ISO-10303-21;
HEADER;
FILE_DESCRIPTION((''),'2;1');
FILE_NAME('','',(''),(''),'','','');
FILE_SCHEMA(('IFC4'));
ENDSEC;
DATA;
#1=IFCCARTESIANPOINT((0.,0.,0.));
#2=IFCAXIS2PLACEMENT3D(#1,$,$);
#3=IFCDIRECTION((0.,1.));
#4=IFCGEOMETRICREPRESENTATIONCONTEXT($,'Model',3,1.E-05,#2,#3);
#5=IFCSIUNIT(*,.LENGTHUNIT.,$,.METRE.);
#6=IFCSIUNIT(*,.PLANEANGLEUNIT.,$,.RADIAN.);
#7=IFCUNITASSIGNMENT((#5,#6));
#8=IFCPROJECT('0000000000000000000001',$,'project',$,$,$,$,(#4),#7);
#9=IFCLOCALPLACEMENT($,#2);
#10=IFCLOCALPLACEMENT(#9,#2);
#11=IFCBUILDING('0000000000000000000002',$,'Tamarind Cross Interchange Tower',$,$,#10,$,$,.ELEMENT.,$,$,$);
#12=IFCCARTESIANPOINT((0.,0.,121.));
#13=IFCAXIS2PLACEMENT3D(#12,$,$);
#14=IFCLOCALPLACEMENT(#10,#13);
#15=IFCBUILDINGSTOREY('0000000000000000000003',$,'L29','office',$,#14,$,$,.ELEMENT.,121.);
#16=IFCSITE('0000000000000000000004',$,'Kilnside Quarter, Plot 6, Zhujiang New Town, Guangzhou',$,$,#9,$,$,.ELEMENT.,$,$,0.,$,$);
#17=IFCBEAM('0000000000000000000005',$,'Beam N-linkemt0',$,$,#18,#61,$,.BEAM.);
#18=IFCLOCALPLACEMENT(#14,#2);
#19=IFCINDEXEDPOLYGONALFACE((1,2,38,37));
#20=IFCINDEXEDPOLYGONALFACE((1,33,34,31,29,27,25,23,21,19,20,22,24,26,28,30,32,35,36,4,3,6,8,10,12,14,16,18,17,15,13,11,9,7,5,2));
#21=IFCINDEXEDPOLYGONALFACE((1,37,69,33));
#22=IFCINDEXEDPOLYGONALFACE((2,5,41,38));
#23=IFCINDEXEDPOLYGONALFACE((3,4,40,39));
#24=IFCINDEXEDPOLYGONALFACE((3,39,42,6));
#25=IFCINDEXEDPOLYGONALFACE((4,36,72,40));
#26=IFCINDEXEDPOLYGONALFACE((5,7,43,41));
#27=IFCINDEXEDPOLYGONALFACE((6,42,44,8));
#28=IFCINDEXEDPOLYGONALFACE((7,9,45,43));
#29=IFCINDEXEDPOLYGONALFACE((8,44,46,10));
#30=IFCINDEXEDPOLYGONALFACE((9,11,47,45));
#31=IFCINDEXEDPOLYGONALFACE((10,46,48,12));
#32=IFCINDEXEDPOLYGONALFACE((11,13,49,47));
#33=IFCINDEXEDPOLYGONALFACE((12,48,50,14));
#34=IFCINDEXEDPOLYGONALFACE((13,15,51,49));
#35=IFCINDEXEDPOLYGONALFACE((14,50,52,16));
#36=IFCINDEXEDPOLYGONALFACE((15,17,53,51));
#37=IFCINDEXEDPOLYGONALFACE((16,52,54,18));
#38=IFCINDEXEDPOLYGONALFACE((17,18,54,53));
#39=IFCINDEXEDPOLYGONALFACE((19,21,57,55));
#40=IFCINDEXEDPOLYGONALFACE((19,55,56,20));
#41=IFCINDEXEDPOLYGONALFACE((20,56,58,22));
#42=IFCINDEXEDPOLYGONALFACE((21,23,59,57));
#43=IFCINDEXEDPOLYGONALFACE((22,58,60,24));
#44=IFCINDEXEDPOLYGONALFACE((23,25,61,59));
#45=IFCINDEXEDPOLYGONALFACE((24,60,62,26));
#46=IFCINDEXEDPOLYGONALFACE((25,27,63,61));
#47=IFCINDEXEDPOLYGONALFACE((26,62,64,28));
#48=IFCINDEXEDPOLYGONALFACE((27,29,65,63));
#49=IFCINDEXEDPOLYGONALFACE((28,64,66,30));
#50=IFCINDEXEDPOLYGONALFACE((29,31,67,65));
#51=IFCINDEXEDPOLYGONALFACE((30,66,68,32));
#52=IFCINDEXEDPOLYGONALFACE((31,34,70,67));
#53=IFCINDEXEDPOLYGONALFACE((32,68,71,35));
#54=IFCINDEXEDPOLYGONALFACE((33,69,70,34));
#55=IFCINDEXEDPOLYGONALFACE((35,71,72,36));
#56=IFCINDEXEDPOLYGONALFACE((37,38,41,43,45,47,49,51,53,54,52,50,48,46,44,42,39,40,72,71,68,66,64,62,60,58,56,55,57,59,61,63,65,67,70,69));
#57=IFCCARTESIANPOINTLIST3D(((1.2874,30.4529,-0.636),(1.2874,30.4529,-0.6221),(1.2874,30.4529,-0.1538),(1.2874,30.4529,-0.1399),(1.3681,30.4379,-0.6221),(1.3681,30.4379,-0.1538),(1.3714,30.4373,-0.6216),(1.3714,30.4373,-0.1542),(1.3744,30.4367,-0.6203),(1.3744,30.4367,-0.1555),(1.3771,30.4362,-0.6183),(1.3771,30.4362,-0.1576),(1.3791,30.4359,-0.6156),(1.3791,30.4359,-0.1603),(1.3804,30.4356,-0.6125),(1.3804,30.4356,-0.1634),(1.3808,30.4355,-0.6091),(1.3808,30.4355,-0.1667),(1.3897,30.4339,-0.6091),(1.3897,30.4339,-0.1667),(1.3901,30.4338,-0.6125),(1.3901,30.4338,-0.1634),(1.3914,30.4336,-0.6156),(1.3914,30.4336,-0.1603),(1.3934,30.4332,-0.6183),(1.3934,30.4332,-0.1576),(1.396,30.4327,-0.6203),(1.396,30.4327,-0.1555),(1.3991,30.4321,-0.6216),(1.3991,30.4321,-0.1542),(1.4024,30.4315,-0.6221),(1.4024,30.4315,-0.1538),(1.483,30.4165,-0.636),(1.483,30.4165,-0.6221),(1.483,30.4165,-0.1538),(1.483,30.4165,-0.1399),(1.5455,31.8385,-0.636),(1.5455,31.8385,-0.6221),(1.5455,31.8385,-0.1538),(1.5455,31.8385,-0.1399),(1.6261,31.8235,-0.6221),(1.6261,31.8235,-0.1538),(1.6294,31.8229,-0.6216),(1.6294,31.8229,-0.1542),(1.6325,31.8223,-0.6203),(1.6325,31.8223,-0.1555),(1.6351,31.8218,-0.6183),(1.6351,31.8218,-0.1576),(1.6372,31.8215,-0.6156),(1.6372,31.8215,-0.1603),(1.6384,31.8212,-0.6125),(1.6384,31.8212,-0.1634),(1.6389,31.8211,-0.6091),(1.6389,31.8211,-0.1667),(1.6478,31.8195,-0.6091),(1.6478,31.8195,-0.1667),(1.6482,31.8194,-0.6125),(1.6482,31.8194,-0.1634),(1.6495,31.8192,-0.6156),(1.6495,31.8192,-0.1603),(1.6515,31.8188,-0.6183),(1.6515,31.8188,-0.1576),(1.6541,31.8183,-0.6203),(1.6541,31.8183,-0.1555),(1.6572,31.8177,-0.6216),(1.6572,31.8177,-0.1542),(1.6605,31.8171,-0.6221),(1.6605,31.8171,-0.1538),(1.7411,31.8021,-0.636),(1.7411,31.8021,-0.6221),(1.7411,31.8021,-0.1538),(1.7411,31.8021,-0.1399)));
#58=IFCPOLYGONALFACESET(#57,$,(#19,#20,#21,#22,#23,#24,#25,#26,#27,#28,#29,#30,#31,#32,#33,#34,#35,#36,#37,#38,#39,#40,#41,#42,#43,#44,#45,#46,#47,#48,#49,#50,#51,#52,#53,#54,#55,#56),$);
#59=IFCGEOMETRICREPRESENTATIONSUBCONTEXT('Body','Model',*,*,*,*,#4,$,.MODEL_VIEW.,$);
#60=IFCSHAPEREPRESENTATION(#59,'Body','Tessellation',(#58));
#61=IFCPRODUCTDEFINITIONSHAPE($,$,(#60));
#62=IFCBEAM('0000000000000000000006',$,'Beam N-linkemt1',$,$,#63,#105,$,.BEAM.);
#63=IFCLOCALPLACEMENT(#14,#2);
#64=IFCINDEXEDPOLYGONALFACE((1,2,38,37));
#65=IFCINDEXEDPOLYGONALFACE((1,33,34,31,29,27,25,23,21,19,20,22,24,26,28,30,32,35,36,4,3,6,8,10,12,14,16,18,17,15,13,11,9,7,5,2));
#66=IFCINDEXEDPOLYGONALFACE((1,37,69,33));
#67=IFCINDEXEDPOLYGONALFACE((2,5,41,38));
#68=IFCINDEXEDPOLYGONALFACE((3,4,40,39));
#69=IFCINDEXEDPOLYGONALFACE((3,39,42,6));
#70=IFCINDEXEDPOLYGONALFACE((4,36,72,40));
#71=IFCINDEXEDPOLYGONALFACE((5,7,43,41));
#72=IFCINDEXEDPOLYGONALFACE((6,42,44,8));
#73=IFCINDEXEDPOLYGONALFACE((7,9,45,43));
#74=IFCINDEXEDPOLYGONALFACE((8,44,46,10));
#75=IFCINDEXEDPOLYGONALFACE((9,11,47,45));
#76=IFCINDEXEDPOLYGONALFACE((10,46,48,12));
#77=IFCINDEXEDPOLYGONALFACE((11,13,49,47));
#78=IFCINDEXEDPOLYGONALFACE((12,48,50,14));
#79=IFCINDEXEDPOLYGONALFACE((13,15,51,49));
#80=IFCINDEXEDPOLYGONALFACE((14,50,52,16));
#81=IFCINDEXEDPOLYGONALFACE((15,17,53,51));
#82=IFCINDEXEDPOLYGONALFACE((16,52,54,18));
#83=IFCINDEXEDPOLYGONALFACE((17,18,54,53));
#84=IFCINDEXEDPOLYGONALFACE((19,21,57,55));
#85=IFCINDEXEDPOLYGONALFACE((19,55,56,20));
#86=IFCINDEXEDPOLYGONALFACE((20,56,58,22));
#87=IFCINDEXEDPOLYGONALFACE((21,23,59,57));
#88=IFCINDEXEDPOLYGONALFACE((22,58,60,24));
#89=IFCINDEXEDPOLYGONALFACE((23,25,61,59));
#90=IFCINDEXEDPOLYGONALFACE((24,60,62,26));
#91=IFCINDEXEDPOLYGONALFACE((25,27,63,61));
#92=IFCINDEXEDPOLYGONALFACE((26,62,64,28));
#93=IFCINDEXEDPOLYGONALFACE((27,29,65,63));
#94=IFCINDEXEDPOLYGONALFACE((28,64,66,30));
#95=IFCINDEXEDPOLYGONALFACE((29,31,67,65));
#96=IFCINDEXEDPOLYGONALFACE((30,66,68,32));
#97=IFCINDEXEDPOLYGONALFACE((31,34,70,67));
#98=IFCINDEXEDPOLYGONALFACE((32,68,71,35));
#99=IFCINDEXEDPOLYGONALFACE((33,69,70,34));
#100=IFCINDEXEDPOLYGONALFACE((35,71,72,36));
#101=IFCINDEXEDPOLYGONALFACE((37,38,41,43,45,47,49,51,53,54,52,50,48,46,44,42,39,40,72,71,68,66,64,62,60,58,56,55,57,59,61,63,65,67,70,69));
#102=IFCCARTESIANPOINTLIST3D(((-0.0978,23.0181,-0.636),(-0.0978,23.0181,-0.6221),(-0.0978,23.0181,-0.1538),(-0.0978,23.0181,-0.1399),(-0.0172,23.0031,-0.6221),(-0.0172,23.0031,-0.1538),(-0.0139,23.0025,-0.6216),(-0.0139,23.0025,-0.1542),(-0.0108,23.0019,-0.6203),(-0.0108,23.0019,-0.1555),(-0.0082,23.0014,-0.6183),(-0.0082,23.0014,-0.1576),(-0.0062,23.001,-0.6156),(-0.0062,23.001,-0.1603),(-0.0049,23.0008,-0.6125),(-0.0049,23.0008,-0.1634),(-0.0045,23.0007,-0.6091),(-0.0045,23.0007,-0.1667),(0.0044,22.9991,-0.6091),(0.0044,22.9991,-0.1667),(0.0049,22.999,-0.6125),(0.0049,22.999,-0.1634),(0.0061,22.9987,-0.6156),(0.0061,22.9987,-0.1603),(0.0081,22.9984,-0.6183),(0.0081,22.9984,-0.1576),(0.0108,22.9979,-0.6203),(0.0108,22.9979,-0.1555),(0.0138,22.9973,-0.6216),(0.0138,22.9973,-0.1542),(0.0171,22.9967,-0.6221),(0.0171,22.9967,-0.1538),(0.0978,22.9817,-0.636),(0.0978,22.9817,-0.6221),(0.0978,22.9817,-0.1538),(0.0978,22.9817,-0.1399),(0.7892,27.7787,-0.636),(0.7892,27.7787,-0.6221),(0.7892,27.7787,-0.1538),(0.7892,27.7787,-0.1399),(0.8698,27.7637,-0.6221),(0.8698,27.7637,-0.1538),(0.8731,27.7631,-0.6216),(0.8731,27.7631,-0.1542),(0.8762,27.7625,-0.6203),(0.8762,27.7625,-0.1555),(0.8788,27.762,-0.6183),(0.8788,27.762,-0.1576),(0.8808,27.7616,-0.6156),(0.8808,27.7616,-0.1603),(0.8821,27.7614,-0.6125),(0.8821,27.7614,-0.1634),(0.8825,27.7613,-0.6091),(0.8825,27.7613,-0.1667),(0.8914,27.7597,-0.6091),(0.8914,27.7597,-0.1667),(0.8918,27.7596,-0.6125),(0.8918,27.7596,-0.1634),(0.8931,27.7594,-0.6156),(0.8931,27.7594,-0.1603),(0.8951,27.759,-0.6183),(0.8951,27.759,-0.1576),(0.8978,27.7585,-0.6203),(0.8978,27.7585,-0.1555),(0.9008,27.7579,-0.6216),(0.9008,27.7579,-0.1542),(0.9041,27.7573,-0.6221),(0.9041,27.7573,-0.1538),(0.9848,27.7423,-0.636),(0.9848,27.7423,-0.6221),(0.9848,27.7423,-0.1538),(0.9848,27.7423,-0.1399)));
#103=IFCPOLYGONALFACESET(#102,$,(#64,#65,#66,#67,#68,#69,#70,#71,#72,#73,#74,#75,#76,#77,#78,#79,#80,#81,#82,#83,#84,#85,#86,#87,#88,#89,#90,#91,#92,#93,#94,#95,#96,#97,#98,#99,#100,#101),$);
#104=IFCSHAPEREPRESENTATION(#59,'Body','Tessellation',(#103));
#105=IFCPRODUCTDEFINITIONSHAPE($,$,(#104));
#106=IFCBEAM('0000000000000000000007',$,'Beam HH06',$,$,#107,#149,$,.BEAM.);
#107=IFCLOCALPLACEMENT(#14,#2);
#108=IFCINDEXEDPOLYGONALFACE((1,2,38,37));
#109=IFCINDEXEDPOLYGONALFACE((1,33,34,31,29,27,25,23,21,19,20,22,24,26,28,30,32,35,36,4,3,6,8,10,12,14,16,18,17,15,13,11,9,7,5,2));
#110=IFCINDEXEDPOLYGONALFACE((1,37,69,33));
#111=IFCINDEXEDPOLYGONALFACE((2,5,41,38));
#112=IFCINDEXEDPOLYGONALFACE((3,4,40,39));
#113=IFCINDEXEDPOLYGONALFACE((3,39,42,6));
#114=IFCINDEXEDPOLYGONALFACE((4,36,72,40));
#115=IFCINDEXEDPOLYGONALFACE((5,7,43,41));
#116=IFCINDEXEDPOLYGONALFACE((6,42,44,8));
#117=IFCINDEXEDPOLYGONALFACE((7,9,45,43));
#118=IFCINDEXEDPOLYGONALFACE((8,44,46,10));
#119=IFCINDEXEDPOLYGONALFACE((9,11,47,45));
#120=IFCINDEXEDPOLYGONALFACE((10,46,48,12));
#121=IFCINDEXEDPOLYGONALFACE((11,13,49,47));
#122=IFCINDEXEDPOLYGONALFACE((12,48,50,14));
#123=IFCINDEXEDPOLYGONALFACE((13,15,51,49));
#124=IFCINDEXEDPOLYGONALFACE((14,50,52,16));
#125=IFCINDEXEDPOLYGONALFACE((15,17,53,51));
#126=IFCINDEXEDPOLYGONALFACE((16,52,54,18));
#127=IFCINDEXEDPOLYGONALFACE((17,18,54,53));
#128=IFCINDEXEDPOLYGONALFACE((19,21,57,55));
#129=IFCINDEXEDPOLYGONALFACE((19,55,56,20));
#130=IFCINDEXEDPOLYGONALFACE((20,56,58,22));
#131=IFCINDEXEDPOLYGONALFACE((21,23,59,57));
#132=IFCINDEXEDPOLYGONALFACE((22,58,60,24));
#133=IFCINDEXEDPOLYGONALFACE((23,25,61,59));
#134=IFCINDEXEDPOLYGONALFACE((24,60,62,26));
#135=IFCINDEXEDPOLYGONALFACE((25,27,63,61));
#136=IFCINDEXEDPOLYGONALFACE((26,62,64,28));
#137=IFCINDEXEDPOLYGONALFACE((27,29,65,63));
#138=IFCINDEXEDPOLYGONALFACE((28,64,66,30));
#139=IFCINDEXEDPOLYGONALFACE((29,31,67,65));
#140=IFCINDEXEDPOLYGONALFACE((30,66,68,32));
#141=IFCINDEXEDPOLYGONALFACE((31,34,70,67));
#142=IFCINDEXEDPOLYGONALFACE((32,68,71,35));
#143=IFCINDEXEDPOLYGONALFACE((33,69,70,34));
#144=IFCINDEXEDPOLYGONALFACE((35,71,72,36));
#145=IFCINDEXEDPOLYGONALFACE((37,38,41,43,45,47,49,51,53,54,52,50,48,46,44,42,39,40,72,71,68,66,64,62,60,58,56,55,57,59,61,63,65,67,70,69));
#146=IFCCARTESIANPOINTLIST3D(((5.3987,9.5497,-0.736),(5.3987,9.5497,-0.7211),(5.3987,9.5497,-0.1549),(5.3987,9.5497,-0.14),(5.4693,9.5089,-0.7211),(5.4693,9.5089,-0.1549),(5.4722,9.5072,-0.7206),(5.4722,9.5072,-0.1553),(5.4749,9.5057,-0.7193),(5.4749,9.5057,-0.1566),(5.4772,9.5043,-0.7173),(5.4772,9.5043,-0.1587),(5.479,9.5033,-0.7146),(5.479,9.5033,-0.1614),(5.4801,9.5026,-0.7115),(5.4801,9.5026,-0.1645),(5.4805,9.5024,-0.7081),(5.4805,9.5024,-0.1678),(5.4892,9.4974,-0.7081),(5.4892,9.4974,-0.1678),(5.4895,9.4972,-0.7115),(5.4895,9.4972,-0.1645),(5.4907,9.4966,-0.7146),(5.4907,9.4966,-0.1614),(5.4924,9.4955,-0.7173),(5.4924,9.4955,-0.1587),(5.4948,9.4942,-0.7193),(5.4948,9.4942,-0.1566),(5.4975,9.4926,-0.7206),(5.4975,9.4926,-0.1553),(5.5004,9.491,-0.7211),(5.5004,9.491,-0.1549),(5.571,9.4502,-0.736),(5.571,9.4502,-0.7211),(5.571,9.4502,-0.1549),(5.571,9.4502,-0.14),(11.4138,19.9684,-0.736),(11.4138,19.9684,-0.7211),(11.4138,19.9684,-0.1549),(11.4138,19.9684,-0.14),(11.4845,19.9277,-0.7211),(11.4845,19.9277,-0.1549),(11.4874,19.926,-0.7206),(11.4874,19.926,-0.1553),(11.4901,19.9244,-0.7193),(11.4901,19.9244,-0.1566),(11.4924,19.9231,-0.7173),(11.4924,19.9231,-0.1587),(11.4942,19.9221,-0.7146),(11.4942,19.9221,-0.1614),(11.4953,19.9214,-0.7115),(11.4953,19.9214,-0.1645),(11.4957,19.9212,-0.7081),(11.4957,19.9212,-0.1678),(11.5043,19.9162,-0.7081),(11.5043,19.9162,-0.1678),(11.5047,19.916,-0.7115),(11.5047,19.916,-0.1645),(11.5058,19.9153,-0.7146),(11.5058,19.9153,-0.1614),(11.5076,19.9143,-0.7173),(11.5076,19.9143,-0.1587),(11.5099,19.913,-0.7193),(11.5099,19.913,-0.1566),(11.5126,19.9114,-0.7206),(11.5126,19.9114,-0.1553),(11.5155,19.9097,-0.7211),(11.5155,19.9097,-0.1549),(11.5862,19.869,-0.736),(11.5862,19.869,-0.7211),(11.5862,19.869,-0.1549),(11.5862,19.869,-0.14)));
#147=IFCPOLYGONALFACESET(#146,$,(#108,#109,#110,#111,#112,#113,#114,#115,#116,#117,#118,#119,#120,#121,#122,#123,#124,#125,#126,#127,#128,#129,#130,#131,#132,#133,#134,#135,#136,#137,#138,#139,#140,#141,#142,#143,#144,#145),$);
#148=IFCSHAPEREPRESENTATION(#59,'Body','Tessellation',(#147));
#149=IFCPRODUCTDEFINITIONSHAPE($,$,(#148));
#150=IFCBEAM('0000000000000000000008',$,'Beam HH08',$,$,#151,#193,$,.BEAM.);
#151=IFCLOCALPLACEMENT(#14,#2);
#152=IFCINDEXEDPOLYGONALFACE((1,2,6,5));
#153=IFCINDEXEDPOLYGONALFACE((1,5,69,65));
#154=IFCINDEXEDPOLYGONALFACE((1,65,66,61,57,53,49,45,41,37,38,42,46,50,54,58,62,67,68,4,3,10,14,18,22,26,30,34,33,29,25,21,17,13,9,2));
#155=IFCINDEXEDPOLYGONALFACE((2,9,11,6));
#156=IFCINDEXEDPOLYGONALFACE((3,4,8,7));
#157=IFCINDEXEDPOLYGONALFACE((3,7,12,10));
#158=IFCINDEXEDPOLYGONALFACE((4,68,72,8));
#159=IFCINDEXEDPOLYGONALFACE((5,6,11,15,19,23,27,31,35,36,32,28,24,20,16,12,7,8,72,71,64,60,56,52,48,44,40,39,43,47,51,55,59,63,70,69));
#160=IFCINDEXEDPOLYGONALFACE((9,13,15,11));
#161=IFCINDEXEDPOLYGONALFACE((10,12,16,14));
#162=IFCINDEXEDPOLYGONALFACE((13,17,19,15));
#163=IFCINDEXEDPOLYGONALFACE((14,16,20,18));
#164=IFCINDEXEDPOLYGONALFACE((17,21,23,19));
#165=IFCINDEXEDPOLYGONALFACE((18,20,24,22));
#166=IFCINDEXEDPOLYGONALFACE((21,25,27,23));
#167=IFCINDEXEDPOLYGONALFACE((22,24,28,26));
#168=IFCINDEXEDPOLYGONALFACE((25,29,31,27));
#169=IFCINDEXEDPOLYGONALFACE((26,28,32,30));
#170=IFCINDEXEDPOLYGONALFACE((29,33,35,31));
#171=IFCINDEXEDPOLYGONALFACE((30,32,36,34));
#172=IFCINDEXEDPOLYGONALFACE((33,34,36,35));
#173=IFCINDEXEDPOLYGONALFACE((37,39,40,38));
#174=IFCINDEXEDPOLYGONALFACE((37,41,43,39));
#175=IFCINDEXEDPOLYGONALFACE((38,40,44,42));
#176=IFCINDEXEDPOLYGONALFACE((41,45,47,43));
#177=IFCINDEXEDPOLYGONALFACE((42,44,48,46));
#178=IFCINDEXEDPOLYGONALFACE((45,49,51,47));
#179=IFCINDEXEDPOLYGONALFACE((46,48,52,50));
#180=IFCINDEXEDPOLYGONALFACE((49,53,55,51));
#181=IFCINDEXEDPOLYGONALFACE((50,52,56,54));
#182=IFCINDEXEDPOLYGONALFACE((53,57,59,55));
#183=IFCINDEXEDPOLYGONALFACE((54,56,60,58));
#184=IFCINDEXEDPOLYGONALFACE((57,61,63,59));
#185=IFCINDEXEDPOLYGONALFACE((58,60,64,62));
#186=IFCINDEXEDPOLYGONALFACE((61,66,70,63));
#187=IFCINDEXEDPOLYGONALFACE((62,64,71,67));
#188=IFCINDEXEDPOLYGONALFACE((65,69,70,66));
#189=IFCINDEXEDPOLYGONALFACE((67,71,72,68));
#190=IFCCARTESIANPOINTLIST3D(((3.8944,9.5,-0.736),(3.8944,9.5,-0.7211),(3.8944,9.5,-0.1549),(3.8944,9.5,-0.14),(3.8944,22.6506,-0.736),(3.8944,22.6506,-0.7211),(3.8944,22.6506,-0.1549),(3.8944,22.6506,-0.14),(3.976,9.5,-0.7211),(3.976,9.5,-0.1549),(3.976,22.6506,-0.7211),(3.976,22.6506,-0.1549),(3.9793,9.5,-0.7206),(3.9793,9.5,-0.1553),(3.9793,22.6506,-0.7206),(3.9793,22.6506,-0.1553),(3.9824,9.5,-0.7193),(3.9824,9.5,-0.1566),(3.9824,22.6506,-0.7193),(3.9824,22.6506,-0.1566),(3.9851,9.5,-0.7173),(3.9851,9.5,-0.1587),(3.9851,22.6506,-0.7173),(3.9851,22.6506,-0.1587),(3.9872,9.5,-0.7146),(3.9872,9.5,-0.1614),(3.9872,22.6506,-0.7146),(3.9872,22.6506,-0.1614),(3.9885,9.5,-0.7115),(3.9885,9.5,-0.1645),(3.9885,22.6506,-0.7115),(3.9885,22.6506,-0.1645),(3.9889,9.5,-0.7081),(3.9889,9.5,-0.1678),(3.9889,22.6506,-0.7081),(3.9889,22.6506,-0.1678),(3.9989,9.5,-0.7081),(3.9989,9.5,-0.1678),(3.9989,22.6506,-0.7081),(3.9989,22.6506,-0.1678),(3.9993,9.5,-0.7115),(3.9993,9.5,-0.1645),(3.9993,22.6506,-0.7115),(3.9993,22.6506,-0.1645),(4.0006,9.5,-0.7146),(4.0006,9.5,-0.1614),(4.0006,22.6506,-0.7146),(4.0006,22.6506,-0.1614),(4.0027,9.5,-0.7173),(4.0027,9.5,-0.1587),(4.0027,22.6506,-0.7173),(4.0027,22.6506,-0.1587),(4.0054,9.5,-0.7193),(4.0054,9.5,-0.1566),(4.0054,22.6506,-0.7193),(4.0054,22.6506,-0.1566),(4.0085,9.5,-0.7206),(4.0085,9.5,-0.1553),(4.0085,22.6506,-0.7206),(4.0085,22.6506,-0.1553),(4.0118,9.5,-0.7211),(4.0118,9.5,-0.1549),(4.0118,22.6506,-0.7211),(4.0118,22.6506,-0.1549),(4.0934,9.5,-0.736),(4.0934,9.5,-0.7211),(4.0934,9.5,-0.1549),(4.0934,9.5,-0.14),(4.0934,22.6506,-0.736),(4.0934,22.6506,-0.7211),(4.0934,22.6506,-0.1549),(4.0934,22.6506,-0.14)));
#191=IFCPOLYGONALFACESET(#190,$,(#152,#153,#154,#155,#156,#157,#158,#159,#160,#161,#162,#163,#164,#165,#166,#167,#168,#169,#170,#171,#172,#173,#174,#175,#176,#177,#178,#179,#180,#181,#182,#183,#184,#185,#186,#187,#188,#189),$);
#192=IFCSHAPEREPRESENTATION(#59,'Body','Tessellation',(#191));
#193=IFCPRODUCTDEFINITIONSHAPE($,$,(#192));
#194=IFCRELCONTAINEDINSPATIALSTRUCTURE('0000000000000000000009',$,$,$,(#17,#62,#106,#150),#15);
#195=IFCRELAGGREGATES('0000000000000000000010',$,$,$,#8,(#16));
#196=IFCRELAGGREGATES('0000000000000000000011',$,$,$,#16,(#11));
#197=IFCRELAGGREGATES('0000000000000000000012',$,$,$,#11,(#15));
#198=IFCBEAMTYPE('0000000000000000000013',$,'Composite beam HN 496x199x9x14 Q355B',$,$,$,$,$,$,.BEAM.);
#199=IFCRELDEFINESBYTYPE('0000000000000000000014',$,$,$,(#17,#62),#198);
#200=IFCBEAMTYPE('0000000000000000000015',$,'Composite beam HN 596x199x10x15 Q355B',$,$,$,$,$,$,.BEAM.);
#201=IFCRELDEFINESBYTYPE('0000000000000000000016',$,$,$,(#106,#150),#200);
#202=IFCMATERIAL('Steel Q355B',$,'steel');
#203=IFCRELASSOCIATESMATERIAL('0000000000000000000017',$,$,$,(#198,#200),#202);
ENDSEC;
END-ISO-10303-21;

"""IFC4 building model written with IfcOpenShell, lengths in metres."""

from ifc_helpers import new_model, si_unit, direction, frame, origin, origin_2d, place, context, subcontext, project, spatial, i_section, extrude, material, material_profile, profile_set, type_object, element, save


model = new_model("IFC4")

# Units and contexts
model_context = context("Model", 3, precision=1e-05, world=origin(), true_north=direction((0.0, 1.0)))
body_context = subcontext(model_context, "Body", "Model", "MODEL_VIEW")
ifc_project = project(units=[si_unit("LENGTHUNIT", "METRE"), si_unit("PLANEANGLEUNIT", "RADIAN")], contexts=[model_context])

# Site, building, storey
site_placement = place(None, origin())
site = spatial("IfcSite", under=ifc_project, at=site_placement, Name="Kilnside Quarter, Plot 6, Zhujiang New Town, Guangzhou", CompositionType="ELEMENT", RefElevation=0.0)
building_placement = place(site_placement, origin())
building = spatial("IfcBuilding", under=site, at=building_placement, Name="Tamarind Cross Interchange Tower", CompositionType="ELEMENT")
storey_placement = place(building_placement, frame((0.0, 0.0, 121.0)))
storey = spatial("IfcBuildingStorey", under=building, at=storey_placement, Name="L29", Description="office", CompositionType="ELEMENT", Elevation=121.0)

# Beams
ifc_material_1 = material(Name="Steel Q355B", Category="steel")
ifc_material_profile_1 = material_profile(ifc_material_1, i_section(OverallWidth=0.199, OverallDepth=0.4961, WebThickness=0.009, FlangeThickness=0.0139, FilletRadius=0.0129, at=origin_2d()), Name="HN 496x199x9x14")
ifc_profile_set_1 = profile_set([ifc_material_profile_1], Name="Steel Q355B")
beam_type_1 = type_object("IfcBeamType", Name="Composite beam HN 496x199x9x14 Q355B", PredefinedType="BEAM", material=ifc_profile_set_1)
beam_1_placement = place(storey_placement, frame((1.6433, 31.8203, -0.3879), z_axis=(-0.183107, -0.983093, 0.0), x_axis=(0.983093, -0.183107, 0.0)))
element("IfcBeam", 1, at=beam_1_placement, inside=storey, type_object=beam_type_1, Name="Beam N-linkemt0", PredefinedType="BEAM", context=body_context, shape_type="SweptSolid", body=[
    extrude(i_section(OverallWidth=0.199, OverallDepth=0.4961, WebThickness=0.009, FlangeThickness=0.0139, FilletRadius=0.0129, at=origin_2d()), origin(), (0.0, 0.0, 1.0), 1.4094),
])
beam_2_placement = place(storey_placement, frame((0.887, 27.7605, -0.3879), z_axis=(-0.183165, -0.983082, 0.0), x_axis=(0.983082, -0.183165, 0.0)))
element("IfcBeam", 2, at=beam_2_placement, inside=storey, type_object=beam_type_1, Name="Beam N-linkemt1", PredefinedType="BEAM", context=body_context, shape_type="SweptSolid", body=[
    extrude(i_section(OverallWidth=0.199, OverallDepth=0.4961, WebThickness=0.009, FlangeThickness=0.0139, FilletRadius=0.0129, at=origin_2d()), origin(), (0.0, 0.0, 1.0), 4.8425),
])
ifc_material_profile_2 = material_profile(ifc_material_1, i_section(OverallWidth=0.199, OverallDepth=0.5959, WebThickness=0.01, FlangeThickness=0.0149, FilletRadius=0.0129, at=origin_2d()), Name="HN 596x199x10x15")
ifc_profile_set_2 = profile_set([ifc_material_profile_2], Name="Steel Q355B")
beam_type_2 = type_object("IfcBeamType", Name="Composite beam HN 596x199x10x15 Q355B", PredefinedType="BEAM", material=ifc_profile_set_2)
beam_3_placement = place(storey_placement, frame((11.5, 19.9187, -0.438), z_axis=(-0.499994, -0.866029, 0.0), x_axis=(0.866029, -0.499994, 0.0)))
element("IfcBeam", 3, at=beam_3_placement, inside=storey, type_object=beam_type_2, Name="Beam HH06", PredefinedType="BEAM", context=body_context, shape_type="SweptSolid", body=[
    extrude(i_section(OverallWidth=0.199, OverallDepth=0.5959, WebThickness=0.01, FlangeThickness=0.0149, FilletRadius=0.0129, at=origin_2d()), origin(), (0.0, 0.0, 1.0), 12.0305),
])
beam_4_placement = place(storey_placement, frame((3.9939, 22.6506, -0.438), z_axis=(0.0, -1.0, 0.0), x_axis=(1.0, 0.0, 0.0)))
element("IfcBeam", 4, at=beam_4_placement, inside=storey, type_object=beam_type_2, Name="Beam HH08", PredefinedType="BEAM", context=body_context, shape_type="SweptSolid", body=[
    extrude(i_section(OverallWidth=0.199, OverallDepth=0.5959, WebThickness=0.01, FlangeThickness=0.0149, FilletRadius=0.0129, at=origin_2d()), origin(), (0.0, 0.0, 1.0), 13.1506),
])

save(model, "model.ifc")
